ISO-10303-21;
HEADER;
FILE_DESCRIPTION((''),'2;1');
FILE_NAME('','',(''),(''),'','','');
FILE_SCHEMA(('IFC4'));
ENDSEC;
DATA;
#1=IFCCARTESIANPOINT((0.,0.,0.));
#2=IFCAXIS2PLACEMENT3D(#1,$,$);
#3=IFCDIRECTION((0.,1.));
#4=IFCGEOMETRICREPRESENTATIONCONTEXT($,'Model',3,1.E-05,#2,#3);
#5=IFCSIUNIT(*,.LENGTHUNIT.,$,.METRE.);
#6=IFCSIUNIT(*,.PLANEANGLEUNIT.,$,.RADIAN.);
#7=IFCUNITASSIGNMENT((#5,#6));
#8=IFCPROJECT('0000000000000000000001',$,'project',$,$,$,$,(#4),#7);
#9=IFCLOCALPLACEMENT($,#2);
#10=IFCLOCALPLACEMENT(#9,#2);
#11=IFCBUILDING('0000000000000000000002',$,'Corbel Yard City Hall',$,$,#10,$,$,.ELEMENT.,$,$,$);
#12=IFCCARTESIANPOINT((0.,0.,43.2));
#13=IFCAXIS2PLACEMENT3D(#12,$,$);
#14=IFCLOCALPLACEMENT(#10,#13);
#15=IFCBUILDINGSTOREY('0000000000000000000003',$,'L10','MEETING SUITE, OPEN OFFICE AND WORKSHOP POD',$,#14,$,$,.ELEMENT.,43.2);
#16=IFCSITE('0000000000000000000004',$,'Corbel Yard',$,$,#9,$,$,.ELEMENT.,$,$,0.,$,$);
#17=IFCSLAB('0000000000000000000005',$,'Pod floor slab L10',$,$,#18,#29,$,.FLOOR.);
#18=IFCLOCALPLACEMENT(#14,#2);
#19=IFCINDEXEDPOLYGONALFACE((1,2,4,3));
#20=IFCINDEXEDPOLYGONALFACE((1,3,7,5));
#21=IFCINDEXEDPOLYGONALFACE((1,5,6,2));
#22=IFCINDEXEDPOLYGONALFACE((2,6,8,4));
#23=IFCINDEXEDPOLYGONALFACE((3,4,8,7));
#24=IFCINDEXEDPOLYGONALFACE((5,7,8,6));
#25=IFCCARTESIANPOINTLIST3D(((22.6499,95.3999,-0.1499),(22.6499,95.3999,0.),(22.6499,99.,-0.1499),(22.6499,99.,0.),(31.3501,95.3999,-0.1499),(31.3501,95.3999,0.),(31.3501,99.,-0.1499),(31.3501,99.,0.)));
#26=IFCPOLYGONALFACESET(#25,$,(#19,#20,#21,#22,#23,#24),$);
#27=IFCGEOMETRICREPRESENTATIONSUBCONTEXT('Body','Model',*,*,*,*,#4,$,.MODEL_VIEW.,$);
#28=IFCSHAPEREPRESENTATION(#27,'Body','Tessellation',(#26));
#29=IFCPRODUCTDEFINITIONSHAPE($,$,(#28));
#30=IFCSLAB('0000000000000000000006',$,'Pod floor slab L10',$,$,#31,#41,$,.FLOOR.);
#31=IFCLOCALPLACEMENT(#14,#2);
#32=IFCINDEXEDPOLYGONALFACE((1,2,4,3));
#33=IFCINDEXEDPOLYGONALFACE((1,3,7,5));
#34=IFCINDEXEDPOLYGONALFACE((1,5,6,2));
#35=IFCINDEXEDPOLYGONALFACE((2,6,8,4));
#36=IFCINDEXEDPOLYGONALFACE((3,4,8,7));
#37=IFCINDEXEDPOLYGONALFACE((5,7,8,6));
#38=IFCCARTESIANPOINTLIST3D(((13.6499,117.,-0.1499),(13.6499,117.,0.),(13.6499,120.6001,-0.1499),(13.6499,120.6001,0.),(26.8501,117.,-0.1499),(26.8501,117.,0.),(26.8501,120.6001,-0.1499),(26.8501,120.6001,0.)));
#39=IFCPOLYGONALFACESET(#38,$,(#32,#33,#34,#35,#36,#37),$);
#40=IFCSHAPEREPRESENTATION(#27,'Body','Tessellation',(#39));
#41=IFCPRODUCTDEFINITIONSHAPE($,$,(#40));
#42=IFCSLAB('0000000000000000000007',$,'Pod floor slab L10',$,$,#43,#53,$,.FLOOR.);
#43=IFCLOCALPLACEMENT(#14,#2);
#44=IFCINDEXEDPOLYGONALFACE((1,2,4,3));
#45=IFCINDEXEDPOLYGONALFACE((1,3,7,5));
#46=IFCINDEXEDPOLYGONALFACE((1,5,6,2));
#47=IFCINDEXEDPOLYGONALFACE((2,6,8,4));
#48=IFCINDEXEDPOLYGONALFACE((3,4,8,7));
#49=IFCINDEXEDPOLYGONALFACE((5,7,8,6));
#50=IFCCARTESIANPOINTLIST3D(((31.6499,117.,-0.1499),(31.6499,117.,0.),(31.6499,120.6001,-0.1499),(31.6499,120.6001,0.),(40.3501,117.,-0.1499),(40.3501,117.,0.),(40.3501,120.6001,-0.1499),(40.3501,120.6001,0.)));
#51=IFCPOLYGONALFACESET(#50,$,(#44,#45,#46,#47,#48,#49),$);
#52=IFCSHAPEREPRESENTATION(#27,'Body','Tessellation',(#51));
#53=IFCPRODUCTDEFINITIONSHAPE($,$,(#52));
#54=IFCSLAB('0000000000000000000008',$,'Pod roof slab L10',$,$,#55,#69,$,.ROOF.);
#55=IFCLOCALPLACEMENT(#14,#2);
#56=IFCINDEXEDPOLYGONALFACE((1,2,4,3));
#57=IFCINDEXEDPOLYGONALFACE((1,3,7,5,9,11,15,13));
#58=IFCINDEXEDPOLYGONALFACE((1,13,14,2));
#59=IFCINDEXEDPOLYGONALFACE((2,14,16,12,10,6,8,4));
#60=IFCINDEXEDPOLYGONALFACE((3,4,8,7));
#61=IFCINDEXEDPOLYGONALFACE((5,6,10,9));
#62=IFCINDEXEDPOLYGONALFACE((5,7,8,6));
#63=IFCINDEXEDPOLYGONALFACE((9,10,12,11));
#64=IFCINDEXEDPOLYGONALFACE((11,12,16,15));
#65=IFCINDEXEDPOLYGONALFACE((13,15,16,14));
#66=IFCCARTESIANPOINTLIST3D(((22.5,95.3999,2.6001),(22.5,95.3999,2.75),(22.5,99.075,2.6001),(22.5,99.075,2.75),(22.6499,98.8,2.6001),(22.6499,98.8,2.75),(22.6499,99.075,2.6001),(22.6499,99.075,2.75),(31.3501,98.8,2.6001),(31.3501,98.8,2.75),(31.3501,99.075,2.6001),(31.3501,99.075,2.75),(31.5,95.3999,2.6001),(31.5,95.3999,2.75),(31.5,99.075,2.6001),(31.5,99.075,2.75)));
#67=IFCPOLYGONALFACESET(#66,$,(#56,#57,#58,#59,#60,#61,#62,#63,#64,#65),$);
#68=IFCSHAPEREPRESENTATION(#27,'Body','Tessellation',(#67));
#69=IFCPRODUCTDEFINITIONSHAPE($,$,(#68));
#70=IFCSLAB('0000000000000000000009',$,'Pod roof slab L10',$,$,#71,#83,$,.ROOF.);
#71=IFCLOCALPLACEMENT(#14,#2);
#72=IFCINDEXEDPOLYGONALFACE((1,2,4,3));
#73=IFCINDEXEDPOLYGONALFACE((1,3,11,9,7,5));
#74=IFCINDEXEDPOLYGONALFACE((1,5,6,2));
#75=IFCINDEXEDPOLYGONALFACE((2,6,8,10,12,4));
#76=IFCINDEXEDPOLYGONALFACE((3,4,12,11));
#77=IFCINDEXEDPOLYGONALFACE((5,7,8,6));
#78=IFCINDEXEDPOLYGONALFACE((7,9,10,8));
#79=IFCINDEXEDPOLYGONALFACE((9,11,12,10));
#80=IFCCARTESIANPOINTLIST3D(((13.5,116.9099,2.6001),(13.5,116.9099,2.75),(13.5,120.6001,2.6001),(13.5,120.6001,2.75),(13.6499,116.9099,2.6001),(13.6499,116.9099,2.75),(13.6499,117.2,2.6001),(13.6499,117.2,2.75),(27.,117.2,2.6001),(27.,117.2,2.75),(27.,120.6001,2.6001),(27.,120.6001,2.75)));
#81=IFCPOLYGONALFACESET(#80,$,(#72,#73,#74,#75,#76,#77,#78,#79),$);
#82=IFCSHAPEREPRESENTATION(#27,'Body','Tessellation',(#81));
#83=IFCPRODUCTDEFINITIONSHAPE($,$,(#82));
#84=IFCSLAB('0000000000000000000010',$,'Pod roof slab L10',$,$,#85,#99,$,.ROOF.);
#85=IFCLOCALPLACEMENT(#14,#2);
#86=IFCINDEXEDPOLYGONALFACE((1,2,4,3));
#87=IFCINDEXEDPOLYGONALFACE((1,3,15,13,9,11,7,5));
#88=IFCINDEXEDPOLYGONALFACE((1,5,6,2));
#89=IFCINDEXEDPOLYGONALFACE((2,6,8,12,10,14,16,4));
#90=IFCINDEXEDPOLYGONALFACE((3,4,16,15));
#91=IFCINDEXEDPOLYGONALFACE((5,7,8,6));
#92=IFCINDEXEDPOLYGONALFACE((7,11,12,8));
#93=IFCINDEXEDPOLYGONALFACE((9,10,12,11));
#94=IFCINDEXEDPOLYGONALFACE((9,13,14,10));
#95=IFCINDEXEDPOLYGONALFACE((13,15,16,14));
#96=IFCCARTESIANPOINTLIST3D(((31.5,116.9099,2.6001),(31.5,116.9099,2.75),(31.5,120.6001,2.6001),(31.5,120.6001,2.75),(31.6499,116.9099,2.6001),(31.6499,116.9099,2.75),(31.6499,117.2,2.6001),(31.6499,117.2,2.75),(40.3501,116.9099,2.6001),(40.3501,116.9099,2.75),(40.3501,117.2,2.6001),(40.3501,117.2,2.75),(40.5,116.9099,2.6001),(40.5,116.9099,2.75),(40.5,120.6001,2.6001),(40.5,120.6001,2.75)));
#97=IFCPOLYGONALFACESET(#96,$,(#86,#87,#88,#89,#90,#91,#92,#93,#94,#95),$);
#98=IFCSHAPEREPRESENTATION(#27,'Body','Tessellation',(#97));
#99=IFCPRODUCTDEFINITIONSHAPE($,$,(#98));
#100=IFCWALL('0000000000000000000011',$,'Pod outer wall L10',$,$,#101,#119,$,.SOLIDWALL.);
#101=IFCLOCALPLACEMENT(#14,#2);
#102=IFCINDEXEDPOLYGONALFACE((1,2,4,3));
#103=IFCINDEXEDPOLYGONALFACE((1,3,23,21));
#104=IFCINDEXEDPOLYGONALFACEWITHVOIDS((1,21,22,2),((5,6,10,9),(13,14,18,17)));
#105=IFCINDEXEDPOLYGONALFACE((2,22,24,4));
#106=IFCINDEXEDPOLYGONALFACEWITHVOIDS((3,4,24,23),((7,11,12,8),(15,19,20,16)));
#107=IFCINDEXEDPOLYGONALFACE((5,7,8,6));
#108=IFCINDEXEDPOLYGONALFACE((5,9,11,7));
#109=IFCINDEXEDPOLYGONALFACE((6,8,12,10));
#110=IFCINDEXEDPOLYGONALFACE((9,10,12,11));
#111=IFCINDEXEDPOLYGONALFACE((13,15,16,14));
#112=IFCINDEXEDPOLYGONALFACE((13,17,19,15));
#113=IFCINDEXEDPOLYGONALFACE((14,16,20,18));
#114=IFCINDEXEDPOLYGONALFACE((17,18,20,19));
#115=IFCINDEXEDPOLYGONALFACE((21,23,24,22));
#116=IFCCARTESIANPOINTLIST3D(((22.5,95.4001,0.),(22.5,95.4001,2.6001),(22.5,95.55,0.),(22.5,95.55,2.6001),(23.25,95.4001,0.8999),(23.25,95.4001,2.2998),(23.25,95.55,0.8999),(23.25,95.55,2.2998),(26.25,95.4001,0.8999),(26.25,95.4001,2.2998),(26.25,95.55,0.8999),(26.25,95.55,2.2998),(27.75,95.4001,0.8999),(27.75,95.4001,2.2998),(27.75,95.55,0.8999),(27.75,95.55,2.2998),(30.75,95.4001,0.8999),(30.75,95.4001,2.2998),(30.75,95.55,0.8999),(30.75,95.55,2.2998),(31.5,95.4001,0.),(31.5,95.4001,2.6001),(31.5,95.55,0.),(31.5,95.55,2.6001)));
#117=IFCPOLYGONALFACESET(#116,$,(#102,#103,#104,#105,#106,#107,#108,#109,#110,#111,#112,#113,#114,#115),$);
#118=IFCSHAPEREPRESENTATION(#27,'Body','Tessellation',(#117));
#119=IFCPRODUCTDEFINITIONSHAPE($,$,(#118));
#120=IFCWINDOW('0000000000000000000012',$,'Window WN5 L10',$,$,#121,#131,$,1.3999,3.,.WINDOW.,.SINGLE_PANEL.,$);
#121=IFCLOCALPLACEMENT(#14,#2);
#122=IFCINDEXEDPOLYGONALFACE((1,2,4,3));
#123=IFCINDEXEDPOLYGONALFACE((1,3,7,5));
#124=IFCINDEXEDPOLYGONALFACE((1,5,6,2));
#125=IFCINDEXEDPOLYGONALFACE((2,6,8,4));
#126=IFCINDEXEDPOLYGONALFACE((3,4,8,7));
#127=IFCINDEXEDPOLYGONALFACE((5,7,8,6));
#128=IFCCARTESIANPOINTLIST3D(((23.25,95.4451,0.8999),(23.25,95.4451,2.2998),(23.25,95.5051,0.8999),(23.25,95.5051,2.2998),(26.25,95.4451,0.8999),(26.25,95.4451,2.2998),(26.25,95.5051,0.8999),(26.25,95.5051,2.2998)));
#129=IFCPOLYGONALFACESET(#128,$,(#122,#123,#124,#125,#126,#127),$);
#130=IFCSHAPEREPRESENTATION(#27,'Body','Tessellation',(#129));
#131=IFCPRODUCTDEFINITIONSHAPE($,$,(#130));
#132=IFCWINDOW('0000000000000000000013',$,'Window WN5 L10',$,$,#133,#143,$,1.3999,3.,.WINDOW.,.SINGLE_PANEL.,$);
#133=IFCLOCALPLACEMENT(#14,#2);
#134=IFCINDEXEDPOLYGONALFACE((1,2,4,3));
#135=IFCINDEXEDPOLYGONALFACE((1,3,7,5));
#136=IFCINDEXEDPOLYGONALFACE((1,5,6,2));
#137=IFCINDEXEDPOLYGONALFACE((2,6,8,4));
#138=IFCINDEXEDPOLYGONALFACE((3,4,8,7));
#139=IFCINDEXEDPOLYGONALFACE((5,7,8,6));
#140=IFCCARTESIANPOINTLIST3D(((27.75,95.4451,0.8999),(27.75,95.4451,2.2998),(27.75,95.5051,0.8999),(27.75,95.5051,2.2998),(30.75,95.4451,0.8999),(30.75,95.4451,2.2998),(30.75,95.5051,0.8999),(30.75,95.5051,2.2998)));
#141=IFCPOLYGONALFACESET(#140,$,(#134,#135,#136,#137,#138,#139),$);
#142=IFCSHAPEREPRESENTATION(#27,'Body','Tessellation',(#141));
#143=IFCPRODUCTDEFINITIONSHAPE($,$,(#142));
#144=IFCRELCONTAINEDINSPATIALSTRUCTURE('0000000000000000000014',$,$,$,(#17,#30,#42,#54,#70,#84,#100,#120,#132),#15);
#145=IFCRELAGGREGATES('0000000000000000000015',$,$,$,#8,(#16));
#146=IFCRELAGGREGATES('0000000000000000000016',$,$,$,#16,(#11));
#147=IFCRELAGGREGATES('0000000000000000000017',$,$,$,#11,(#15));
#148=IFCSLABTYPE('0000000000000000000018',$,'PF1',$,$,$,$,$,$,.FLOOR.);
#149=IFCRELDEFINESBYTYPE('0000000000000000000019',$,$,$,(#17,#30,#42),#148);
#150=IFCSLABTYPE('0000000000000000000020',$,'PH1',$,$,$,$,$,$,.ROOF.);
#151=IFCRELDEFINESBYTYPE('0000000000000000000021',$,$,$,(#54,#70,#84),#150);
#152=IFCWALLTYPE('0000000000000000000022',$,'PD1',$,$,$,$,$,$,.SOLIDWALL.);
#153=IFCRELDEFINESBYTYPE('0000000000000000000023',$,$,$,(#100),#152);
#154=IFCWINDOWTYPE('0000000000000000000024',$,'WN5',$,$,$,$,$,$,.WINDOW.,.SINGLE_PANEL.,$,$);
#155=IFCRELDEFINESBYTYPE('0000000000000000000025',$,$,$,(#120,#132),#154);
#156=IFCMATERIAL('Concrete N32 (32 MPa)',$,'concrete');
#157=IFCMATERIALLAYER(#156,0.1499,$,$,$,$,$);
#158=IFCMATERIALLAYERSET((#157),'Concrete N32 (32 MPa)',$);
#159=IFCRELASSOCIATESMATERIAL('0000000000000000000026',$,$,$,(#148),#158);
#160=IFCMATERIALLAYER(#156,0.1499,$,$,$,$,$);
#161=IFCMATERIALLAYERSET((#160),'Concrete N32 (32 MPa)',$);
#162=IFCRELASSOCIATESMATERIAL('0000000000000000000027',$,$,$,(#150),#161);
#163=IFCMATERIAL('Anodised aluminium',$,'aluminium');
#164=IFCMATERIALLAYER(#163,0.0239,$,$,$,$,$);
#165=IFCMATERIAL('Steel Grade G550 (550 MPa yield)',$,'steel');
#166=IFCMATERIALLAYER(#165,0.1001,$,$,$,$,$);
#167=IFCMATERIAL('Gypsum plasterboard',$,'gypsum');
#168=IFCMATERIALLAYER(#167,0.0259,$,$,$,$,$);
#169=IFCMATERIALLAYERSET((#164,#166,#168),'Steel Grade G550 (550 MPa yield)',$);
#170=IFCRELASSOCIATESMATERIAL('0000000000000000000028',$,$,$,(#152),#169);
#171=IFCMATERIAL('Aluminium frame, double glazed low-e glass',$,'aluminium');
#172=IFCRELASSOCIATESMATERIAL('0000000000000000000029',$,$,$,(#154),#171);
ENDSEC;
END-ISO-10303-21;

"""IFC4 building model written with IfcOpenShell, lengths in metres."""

from ifc_helpers import new_model, si_unit, direction, frame, frame_2d, origin, place, context, subcontext, project, spatial, polyline, rectangle, outline, extrude, material, layer, layer_set, type_object, element, fill, save


model = new_model("IFC4")

# Units and contexts
model_context = context("Model", 3, precision=1e-05, world=origin(), true_north=direction((0.0, 1.0)))
body_context = subcontext(model_context, "Body", "Model", "MODEL_VIEW")
ifc_project = project(units=[si_unit("LENGTHUNIT", "METRE"), si_unit("PLANEANGLEUNIT", "RADIAN")], contexts=[model_context])

# Site, building, storey
site_placement = place(None, origin())
site = spatial("IfcSite", under=ifc_project, at=site_placement, Name="Corbel Yard", CompositionType="ELEMENT", RefElevation=0.0)
building_placement = place(site_placement, origin())
building = spatial("IfcBuilding", under=site, at=building_placement, Name="Corbel Yard City Hall", CompositionType="ELEMENT")
storey_placement = place(building_placement, frame((0.0, 0.0, 43.2)))
storey = spatial("IfcBuildingStorey", under=building, at=storey_placement, Name="L10", Description="MEETING SUITE, OPEN OFFICE AND WORKSHOP POD", CompositionType="ELEMENT", Elevation=43.2)

# Slabs
ifc_material_1 = material(Name="Concrete N32 (32 MPa)", Category="concrete")
ifc_layer_1 = layer(ifc_material_1, 0.1499)
ifc_layer_set_1 = layer_set([ifc_layer_1], Name="Concrete N32 (32 MPa)")
slab_type_1 = type_object("IfcSlabType", Name="PF1", PredefinedType="FLOOR", material=ifc_layer_set_1)
slab_1_placement = place(storey_placement, frame((0.0, 0.0, -0.1499)))
element("IfcSlab", 1, at=slab_1_placement, inside=storey, type_object=slab_type_1, Name="Pod floor slab L10", PredefinedType="FLOOR", context=body_context, shape_type="SweptSolid", body=[
    extrude(outline(polyline([(22.6499, 95.3999), (31.3501, 95.3999), (31.3501, 99.0), (22.6499, 99.0), (22.6499, 95.3999)])), origin(), (0.0, 0.0, 1.0), 0.1499),
])
slab_2_placement = place(storey_placement, frame((0.0, 0.0, -0.1499)))
element("IfcSlab", 2, at=slab_2_placement, inside=storey, type_object=slab_type_1, Name="Pod floor slab L10", PredefinedType="FLOOR", context=body_context, shape_type="SweptSolid", body=[
    extrude(outline(polyline([(13.6499, 117.0), (26.8501, 117.0), (26.8501, 120.6001), (13.6499, 120.6001), (13.6499, 117.0)])), origin(), (0.0, 0.0, 1.0), 0.1499),
])
slab_3_placement = place(storey_placement, frame((0.0, 0.0, -0.1499)))
element("IfcSlab", 3, at=slab_3_placement, inside=storey, type_object=slab_type_1, Name="Pod floor slab L10", PredefinedType="FLOOR", context=body_context, shape_type="SweptSolid", body=[
    extrude(outline(polyline([(31.6499, 117.0), (40.3501, 117.0), (40.3501, 120.6001), (31.6499, 120.6001), (31.6499, 117.0)])), origin(), (0.0, 0.0, 1.0), 0.1499),
])
ifc_layer_2 = layer(ifc_material_1, 0.1499)
ifc_layer_set_2 = layer_set([ifc_layer_2], Name="Concrete N32 (32 MPa)")
slab_type_2 = type_object("IfcSlabType", Name="PH1", PredefinedType="ROOF", material=ifc_layer_set_2)
slab_4_placement = place(storey_placement, frame((0.0, 0.0, 2.6001)))
element("IfcSlab", 4, at=slab_4_placement, inside=storey, type_object=slab_type_2, Name="Pod roof slab L10", PredefinedType="ROOF", context=body_context, shape_type="SweptSolid", body=[
    extrude(outline(polyline([(22.5, 95.3999), (31.5, 95.3999), (31.5, 99.075), (31.3501, 99.075), (31.3501, 98.8), (22.6499, 98.8), (22.6499, 99.075), (22.5, 99.075), (22.5, 95.3999)])), origin(), (0.0, 0.0, 1.0), 0.1499),
])
slab_5_placement = place(storey_placement, frame((0.0, 0.0, 2.6001)))
element("IfcSlab", 5, at=slab_5_placement, inside=storey, type_object=slab_type_2, Name="Pod roof slab L10", PredefinedType="ROOF", context=body_context, shape_type="SweptSolid", body=[
    extrude(outline(polyline([(13.5, 120.6001), (13.5, 116.9099), (13.6499, 116.9099), (13.6499, 117.2), (27.0, 117.2), (27.0, 120.6001), (13.5, 120.6001)])), origin(), (0.0, 0.0, 1.0), 0.1499),
])
slab_6_placement = place(storey_placement, frame((0.0, 0.0, 2.6001)))
element("IfcSlab", 6, at=slab_6_placement, inside=storey, type_object=slab_type_2, Name="Pod roof slab L10", PredefinedType="ROOF", context=body_context, shape_type="SweptSolid", body=[
    extrude(outline(polyline([(31.5, 120.6001), (31.5, 116.9099), (31.6499, 116.9099), (31.6499, 117.2), (40.3501, 117.2), (40.3501, 116.9099), (40.5, 116.9099), (40.5, 120.6001), (31.5, 120.6001)])), origin(), (0.0, 0.0, 1.0), 0.1499),
])

# Wall, openings, windows
ifc_material_2 = material(Name="Anodised aluminium", Category="aluminium")
ifc_layer_3 = layer(ifc_material_2, 0.0239)
ifc_material_3 = material(Name="Steel Grade G550 (550 MPa yield)", Category="steel")
ifc_layer_4 = layer(ifc_material_3, 0.1001)
ifc_material_4 = material(Name="Gypsum plasterboard", Category="gypsum")
ifc_layer_5 = layer(ifc_material_4, 0.0259)
ifc_layer_set_3 = layer_set([ifc_layer_3, ifc_layer_4, ifc_layer_5], Name="Steel Grade G550 (550 MPa yield)")
wall_type = type_object("IfcWallType", Name="PD1", PredefinedType="SOLIDWALL", material=ifc_layer_set_3)
wall_placement = place(storey_placement, frame((22.5, 95.4751, 0.0), z_axis=(0.0, 0.0, 1.0), x_axis=(1.0, 0.0, 0.0)))
wall = element("IfcWall", 7, at=wall_placement, inside=storey, type_object=wall_type, Name="Pod outer wall L10", PredefinedType="SOLIDWALL", context=body_context, shape_type="SweptSolid", body=[
    extrude(rectangle(XDim=9.0, YDim=0.1499, at=frame_2d((4.5, 0.0))), origin(), (0.0, 0.0, 1.0), 2.6001),
])
opening_1_placement = place(wall_placement, frame((0.75, 0.0, 0.8999)))
opening_1 = element("IfcOpeningElement", 8, at=opening_1_placement, cuts=wall, PredefinedType="OPENING", context=body_context, shape_type="SweptSolid", body=[
    extrude(rectangle(XDim=3.0, YDim=1.3999, at=frame_2d((1.5, 0.7))), frame((0.0, 0.085, 0.0), z_axis=(0.0, -1.0, 0.0), x_axis=(1.0, 0.0, 0.0)), (0.0, 0.0, 1.0), 0.1699),
])
opening_2_placement = place(wall_placement, frame((5.25, 0.0, 0.8999)))
opening_2 = element("IfcOpeningElement", 9, at=opening_2_placement, cuts=wall, PredefinedType="OPENING", context=body_context, shape_type="SweptSolid", body=[
    extrude(rectangle(XDim=3.0, YDim=1.3999, at=frame_2d((1.5, 0.7))), frame((0.0, 0.085, 0.0), z_axis=(0.0, -1.0, 0.0), x_axis=(1.0, 0.0, 0.0)), (0.0, 0.0, 1.0), 0.1699),
])
ifc_material_5 = material(Name="Aluminium frame, double glazed low-e glass", Category="aluminium")
window_type = type_object("IfcWindowType", Name="WN5", PartitioningType="SINGLE_PANEL", PredefinedType="WINDOW", material=ifc_material_5)
window_1_placement = place(opening_1_placement, origin())
window_1 = element("IfcWindow", 10, at=window_1_placement, inside=storey, type_object=window_type, Name="Window WN5 L10", OverallHeight=1.3999, OverallWidth=3.0, PartitioningType="SINGLE_PANEL", PredefinedType="WINDOW", context=body_context, shape_type="SweptSolid", body=[
    extrude(rectangle(XDim=3.0, YDim=1.3999, at=frame_2d((1.5, 0.7))), frame((0.0, 0.03, 0.0), z_axis=(0.0, -1.0, 0.0), x_axis=(1.0, 0.0, 0.0)), (0.0, 0.0, 1.0), 0.0601),
])
fill(opening_1, window_1)
window_2_placement = place(opening_2_placement, origin())
window_2 = element("IfcWindow", 11, at=window_2_placement, inside=storey, type_object=window_type, Name="Window WN5 L10", OverallHeight=1.3999, OverallWidth=3.0, PartitioningType="SINGLE_PANEL", PredefinedType="WINDOW", context=body_context, shape_type="SweptSolid", body=[
    extrude(rectangle(XDim=3.0, YDim=1.3999, at=frame_2d((1.5, 0.7))), frame((0.0, 0.03, 0.0), z_axis=(0.0, -1.0, 0.0), x_axis=(1.0, 0.0, 0.0)), (0.0, 0.0, 1.0), 0.0601),
])
fill(opening_2, window_2)

save(model, "model.ifc")
